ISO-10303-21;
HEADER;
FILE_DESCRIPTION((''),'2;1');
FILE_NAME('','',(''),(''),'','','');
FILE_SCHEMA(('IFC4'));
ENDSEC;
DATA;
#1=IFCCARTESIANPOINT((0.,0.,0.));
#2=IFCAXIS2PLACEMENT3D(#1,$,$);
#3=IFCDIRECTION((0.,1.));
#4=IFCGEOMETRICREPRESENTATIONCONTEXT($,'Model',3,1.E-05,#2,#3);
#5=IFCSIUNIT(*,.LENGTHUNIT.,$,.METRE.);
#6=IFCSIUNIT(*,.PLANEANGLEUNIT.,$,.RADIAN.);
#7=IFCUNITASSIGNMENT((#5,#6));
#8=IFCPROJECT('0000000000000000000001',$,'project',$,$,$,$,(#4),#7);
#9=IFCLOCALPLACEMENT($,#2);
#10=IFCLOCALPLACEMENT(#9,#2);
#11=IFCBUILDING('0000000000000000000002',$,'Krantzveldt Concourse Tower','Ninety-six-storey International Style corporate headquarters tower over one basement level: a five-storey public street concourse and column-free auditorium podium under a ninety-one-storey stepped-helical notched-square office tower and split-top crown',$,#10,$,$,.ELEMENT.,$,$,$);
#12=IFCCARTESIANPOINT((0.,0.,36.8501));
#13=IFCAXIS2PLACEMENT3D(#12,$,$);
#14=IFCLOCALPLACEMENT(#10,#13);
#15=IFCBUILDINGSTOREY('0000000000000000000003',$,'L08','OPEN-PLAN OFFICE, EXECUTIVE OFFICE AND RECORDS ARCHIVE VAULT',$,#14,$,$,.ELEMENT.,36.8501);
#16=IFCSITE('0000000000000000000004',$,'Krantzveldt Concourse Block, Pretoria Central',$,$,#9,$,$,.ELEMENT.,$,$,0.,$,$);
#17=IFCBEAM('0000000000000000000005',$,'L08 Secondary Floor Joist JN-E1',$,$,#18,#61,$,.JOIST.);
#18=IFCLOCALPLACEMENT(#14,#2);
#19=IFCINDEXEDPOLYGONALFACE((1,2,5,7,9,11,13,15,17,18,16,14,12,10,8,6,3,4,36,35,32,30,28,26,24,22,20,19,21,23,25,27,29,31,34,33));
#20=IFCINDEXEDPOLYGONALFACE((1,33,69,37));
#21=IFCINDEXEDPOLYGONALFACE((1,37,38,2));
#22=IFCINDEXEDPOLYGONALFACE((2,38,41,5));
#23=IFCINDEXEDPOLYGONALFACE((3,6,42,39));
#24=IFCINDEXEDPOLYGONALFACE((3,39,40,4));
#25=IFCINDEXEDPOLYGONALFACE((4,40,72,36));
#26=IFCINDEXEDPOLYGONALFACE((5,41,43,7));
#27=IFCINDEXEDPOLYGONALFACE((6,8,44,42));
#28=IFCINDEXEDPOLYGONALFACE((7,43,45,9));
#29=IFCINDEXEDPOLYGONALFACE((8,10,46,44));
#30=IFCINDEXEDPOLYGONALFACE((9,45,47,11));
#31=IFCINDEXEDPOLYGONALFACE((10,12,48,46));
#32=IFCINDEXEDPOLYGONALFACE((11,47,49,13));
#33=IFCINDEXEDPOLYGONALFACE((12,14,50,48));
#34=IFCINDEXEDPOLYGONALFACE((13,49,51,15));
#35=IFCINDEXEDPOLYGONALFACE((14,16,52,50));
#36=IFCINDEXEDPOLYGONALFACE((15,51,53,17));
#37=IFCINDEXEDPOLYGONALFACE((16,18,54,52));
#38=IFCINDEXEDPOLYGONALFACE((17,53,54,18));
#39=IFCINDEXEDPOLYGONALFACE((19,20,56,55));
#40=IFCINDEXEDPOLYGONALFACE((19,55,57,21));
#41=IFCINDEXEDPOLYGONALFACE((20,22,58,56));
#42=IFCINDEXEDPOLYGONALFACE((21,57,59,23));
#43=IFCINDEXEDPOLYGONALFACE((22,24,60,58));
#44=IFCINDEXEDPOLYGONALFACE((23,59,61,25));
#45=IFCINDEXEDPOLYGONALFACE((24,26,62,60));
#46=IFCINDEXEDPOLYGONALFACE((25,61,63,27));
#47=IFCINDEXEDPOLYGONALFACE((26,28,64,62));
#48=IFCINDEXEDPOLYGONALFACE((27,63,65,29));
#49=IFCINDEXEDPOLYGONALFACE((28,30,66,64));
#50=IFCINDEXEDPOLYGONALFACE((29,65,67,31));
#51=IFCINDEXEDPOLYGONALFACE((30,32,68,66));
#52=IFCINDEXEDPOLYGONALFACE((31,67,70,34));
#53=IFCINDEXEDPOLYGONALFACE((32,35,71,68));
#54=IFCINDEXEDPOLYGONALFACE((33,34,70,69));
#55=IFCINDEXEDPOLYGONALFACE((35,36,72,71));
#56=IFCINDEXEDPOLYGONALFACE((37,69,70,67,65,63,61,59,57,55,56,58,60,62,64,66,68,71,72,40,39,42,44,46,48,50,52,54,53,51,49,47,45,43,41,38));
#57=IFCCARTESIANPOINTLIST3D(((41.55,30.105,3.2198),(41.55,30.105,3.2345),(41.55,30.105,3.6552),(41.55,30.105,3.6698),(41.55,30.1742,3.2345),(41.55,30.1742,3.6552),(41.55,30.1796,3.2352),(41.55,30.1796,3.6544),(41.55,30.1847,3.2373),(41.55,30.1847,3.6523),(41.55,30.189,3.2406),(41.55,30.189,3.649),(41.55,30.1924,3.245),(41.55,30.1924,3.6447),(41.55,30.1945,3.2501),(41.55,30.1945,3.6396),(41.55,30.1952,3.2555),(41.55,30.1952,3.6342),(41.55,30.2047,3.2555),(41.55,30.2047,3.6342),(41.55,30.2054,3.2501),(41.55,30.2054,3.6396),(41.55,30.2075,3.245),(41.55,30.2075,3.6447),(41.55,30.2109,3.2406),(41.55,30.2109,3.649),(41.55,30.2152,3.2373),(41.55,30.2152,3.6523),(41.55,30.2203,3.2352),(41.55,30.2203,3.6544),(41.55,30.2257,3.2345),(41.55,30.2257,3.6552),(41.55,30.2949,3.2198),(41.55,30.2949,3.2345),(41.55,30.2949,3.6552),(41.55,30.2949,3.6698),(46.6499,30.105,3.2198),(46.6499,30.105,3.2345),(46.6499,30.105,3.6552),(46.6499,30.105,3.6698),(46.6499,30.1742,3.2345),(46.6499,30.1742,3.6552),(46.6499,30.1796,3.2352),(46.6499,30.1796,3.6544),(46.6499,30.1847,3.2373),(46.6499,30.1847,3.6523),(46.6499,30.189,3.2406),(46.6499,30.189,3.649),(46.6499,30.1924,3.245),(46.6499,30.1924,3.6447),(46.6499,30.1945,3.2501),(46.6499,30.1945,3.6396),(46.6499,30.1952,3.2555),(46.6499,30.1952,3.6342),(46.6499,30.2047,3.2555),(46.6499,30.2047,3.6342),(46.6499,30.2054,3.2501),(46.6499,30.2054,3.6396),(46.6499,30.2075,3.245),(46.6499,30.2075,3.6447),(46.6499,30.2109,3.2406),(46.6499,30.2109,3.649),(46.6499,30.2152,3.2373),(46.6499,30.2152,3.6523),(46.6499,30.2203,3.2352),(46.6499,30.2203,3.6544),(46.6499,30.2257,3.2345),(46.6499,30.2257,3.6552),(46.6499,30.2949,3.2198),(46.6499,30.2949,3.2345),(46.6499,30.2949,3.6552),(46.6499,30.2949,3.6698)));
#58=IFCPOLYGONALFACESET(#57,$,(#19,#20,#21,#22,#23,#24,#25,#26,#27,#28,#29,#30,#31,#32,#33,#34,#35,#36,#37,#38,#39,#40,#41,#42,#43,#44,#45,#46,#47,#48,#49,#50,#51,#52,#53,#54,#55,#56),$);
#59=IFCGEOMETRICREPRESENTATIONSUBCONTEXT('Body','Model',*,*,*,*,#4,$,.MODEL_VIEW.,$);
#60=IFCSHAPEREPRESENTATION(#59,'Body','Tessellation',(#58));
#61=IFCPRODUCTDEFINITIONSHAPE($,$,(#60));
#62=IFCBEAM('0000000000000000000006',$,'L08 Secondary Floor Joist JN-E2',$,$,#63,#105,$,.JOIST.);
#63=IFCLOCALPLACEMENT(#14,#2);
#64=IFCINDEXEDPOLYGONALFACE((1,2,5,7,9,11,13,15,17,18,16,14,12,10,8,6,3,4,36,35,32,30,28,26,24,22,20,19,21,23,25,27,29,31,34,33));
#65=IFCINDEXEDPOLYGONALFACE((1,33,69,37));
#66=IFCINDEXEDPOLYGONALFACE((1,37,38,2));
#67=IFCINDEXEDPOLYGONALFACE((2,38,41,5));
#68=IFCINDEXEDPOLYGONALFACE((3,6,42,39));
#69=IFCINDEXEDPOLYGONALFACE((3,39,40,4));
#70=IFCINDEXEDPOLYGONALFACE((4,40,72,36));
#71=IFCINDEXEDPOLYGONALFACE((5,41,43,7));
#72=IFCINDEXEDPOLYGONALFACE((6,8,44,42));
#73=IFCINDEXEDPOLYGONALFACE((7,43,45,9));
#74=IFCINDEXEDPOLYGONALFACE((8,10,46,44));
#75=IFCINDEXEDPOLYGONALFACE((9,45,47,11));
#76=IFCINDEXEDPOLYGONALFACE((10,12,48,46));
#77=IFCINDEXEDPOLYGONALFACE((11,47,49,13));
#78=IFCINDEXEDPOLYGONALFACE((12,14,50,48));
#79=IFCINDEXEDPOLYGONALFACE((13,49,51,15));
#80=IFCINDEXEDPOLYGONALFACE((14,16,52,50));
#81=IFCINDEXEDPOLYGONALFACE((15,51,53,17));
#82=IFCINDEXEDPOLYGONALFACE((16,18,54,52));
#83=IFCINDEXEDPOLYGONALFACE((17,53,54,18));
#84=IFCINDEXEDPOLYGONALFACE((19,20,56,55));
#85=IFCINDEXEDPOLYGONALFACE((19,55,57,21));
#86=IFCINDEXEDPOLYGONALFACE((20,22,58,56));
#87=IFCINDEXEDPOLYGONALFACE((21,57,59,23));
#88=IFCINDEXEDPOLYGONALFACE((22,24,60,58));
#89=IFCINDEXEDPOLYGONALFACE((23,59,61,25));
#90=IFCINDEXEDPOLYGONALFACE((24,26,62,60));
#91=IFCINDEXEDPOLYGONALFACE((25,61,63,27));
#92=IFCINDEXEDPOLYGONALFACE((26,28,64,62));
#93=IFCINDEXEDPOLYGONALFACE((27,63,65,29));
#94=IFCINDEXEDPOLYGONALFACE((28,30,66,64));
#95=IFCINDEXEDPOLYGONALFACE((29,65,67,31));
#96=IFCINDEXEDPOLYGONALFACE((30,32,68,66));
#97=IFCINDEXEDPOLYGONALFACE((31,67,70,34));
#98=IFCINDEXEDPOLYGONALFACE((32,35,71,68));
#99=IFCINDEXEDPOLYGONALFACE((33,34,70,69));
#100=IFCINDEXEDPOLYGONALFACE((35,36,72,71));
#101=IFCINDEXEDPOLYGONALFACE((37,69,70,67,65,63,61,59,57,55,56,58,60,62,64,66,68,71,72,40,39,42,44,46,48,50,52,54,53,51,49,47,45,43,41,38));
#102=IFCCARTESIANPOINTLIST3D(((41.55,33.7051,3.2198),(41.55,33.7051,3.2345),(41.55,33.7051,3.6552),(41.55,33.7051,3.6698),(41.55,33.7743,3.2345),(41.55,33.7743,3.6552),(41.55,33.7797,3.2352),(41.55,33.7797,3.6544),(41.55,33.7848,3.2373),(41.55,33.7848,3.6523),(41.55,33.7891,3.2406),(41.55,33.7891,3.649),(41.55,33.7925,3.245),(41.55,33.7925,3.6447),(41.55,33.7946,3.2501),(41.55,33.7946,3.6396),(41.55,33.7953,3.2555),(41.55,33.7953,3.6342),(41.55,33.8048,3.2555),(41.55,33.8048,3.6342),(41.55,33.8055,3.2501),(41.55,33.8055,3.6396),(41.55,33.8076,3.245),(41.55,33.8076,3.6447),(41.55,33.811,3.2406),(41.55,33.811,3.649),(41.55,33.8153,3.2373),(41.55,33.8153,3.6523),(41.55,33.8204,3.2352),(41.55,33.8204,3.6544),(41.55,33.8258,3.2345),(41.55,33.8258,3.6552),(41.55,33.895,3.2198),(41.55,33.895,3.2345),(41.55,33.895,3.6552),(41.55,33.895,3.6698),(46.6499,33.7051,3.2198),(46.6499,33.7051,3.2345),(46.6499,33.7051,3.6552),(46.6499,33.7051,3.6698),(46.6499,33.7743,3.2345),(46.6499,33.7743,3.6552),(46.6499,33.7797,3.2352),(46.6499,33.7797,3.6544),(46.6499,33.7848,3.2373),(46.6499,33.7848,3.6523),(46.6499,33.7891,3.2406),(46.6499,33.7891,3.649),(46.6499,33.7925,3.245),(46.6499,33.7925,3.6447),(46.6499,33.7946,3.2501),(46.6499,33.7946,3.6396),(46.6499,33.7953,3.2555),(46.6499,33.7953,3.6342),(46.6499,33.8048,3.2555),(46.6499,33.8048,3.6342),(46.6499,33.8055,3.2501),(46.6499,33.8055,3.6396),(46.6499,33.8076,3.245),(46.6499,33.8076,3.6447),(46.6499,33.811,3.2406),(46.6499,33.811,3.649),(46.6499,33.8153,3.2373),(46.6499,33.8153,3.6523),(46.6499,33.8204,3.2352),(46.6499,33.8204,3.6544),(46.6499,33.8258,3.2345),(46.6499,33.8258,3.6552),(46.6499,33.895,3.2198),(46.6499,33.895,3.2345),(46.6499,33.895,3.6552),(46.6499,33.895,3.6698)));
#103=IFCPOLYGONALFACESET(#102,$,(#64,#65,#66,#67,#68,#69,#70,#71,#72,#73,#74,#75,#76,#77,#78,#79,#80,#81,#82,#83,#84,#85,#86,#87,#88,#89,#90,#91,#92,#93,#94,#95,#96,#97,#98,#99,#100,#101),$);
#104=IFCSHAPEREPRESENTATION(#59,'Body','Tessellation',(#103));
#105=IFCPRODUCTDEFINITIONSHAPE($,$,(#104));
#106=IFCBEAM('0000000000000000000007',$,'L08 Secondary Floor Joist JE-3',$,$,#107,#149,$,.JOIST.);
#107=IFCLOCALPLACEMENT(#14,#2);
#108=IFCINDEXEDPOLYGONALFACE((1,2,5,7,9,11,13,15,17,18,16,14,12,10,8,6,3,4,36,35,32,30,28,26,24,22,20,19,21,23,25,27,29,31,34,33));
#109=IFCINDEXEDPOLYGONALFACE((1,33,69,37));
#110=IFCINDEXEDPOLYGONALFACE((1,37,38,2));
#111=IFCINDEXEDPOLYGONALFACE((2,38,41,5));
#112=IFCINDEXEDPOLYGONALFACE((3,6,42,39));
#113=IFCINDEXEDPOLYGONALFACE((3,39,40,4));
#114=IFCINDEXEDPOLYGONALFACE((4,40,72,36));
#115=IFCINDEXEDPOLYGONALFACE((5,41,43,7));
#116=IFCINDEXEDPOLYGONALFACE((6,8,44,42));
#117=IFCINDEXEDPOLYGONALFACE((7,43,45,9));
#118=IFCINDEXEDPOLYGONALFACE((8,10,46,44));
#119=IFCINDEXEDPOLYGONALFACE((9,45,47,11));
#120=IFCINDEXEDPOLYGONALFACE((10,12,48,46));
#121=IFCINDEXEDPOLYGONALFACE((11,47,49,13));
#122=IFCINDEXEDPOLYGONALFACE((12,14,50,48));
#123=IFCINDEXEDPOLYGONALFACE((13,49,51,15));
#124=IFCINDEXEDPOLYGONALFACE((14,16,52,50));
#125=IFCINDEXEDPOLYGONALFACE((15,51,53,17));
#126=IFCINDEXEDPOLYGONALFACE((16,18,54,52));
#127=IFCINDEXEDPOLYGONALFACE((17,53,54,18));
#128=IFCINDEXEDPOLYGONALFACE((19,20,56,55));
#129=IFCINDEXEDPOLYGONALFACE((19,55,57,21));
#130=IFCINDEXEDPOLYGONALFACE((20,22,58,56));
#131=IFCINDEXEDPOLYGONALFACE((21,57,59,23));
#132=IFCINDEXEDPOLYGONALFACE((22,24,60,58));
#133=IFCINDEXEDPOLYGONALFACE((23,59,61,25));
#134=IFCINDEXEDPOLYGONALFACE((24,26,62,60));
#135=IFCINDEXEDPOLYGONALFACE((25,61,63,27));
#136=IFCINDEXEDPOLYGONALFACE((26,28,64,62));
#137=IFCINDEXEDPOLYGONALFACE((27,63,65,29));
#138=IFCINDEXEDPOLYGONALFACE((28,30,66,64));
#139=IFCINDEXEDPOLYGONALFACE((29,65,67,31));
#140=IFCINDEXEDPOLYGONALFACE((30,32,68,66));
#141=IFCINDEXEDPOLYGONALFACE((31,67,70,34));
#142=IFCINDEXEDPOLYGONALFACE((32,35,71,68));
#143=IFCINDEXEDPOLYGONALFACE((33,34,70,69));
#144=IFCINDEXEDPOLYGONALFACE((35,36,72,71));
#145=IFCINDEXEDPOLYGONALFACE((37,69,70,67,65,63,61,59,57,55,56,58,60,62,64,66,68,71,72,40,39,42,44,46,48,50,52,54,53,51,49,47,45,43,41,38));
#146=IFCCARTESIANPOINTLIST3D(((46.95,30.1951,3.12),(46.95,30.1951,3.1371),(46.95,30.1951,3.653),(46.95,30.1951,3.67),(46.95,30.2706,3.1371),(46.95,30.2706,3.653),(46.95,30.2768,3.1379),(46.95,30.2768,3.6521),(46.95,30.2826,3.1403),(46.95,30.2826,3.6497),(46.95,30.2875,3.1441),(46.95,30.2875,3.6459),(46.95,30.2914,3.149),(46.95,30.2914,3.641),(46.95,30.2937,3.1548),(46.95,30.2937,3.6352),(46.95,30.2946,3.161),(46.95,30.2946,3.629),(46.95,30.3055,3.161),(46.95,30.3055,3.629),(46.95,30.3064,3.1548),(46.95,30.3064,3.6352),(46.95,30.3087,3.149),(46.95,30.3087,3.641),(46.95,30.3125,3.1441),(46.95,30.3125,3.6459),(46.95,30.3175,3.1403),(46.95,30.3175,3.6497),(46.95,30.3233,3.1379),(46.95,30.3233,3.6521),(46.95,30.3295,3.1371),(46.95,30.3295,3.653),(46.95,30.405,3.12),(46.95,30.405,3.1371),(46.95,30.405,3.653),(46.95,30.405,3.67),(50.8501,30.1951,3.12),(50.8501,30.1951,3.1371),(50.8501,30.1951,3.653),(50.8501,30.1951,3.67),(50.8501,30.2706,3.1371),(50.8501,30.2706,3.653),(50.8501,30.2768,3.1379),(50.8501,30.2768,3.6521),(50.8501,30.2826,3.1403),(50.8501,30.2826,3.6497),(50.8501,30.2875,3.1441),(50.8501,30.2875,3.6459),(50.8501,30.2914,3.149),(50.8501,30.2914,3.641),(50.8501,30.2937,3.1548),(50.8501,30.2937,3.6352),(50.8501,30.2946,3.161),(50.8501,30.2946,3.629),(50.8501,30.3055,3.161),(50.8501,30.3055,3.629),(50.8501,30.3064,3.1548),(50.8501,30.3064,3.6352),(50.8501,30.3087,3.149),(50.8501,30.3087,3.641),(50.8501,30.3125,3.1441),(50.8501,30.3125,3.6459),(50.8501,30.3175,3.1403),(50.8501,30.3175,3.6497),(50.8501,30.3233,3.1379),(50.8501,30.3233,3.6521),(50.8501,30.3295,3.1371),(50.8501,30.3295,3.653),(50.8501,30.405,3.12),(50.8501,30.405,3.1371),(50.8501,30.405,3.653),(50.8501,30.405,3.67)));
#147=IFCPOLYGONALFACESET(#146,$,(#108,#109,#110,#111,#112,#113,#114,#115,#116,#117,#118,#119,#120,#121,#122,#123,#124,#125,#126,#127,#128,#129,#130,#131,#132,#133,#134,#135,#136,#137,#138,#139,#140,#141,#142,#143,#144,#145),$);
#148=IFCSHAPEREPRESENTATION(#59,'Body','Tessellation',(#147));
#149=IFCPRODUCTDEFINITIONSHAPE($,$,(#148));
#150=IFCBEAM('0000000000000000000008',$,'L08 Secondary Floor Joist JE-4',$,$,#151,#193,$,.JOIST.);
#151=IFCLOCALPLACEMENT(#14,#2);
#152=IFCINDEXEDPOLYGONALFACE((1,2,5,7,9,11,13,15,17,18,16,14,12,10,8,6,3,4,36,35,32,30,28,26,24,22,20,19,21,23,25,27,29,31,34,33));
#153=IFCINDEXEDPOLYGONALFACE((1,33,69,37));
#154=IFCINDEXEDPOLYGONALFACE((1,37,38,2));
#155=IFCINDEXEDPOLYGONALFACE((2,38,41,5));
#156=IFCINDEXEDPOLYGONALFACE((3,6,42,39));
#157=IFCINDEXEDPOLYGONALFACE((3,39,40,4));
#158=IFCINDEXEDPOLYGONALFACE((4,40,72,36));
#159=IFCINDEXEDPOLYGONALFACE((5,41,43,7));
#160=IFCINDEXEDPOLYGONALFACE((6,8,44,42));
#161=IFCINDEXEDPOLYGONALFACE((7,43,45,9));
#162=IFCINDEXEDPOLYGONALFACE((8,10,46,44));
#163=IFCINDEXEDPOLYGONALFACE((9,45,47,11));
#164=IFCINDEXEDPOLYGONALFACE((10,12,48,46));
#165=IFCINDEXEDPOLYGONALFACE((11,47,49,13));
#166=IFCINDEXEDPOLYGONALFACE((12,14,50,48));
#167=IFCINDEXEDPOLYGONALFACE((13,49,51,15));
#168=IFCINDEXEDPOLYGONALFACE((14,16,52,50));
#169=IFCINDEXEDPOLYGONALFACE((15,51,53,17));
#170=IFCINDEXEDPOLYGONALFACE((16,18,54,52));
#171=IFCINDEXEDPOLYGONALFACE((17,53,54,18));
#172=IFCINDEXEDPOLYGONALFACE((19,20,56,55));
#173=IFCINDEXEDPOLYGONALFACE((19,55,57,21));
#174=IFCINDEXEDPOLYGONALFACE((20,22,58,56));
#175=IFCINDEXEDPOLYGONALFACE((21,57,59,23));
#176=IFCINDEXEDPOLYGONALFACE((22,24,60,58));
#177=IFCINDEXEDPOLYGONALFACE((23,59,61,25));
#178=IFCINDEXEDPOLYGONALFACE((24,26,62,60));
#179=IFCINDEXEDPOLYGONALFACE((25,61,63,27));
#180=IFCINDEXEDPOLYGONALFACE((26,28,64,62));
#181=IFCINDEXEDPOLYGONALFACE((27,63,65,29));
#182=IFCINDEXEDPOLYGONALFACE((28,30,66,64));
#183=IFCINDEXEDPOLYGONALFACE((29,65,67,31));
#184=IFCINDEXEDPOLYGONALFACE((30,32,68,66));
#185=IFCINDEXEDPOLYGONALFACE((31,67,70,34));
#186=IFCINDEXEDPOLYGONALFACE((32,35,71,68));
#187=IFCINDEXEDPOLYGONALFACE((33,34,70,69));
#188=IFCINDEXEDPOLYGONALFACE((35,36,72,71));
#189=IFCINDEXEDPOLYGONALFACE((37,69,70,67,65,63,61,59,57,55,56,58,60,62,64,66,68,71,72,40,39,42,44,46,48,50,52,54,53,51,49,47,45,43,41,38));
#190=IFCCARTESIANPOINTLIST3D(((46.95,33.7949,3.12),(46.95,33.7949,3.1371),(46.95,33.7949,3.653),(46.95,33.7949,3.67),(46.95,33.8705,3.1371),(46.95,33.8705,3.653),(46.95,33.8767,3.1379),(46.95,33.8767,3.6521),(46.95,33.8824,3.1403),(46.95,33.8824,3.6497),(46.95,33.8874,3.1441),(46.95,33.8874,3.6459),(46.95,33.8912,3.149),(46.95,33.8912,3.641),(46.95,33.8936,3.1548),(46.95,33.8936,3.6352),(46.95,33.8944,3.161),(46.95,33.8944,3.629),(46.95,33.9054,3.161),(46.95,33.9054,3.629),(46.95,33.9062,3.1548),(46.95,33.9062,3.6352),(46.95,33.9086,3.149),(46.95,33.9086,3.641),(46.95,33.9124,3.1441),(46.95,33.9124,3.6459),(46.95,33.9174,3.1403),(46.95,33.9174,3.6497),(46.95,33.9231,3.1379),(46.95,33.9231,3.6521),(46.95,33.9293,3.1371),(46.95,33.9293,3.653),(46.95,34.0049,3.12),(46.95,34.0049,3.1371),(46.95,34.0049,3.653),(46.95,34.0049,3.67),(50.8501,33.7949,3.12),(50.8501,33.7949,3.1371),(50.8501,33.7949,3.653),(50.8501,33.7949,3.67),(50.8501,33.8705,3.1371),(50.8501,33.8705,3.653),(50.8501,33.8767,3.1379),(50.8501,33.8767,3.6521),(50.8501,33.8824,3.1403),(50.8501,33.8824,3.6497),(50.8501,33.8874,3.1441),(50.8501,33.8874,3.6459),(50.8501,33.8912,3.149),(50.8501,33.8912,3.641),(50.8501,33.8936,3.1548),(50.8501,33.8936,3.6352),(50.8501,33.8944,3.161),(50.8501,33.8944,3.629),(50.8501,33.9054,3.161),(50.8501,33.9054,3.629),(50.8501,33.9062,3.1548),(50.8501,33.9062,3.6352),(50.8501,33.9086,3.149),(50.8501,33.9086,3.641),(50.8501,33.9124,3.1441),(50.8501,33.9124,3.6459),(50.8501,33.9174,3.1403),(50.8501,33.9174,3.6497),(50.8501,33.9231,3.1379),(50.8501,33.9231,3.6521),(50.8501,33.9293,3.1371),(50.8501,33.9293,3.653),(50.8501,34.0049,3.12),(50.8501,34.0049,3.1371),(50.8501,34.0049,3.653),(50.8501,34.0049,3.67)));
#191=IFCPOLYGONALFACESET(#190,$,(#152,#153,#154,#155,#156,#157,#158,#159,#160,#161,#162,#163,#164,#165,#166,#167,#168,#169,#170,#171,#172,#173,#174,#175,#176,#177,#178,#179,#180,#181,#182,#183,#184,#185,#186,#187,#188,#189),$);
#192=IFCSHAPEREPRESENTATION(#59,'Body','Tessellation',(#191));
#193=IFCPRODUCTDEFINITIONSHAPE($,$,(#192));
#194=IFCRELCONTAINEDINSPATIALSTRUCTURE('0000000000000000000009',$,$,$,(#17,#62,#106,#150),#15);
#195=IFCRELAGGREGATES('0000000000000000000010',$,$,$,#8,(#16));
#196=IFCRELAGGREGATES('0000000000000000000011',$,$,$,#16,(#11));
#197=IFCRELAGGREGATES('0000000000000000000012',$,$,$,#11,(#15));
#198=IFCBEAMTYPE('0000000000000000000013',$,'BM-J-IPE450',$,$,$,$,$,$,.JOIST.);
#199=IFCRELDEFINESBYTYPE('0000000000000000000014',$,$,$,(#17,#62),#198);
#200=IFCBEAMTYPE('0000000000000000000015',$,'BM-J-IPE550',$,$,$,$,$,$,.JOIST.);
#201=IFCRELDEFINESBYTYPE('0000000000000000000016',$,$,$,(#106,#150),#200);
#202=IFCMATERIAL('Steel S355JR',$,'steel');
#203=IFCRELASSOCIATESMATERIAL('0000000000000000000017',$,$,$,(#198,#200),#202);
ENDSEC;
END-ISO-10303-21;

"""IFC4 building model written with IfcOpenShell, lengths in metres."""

from ifc_helpers import new_model, si_unit, direction, frame, origin, origin_2d, place, context, subcontext, project, spatial, i_section, extrude, source, transform, mapped, material, material_profile, profile_set, type_object, type_shapes, element, save


model = new_model("IFC4")

# Units and contexts
model_context = context("Model", 3, precision=1e-05, world=origin(), true_north=direction((0.0, 1.0)))
body_context = subcontext(model_context, "Body", "Model", "MODEL_VIEW")
ifc_project = project(units=[si_unit("LENGTHUNIT", "METRE"), si_unit("PLANEANGLEUNIT", "RADIAN")], contexts=[model_context])

# Site, building, storey
site_placement = place(None, origin())
site = spatial("IfcSite", under=ifc_project, at=site_placement, Name="Krantzveldt Concourse Block, Pretoria Central", CompositionType="ELEMENT", RefElevation=0.0)
building_placement = place(site_placement, origin())
building = spatial("IfcBuilding", under=site, at=building_placement, Name="Krantzveldt Concourse Tower", Description="Ninety-six-storey International Style corporate headquarters tower over one basement level: a five-storey public street concourse and column-free auditorium podium under a ninety-one-storey stepped-helical notched-square office tower and split-top crown", CompositionType="ELEMENT")
storey_placement = place(building_placement, frame((0.0, 0.0, 36.8501)))
storey = spatial("IfcBuildingStorey", under=building, at=storey_placement, Name="L08", Description="OPEN-PLAN OFFICE, EXECUTIVE OFFICE AND RECORDS ARCHIVE VAULT", CompositionType="ELEMENT", Elevation=36.8501)

# Beams
ifc_material_1 = material(Name="Steel S355JR", Category="steel")
ifc_material_profile_1 = material_profile(ifc_material_1, i_section(OverallWidth=0.1899, OverallDepth=0.45, WebThickness=0.0095, FlangeThickness=0.0146, FilletRadius=0.021, at=origin_2d()), Name="Steel S355JR", Category="steel")
ifc_profile_set_1 = profile_set([ifc_material_profile_1], Name="Steel S355JR - IPE 450")
beam_type_1 = type_object("IfcBeamType", Name="BM-J-IPE450", PredefinedType="JOIST", material=ifc_profile_set_1)
shared_shape_1 = source(origin(), body_context, "Body", "SweptSolid", [
    extrude(i_section(OverallWidth=0.1899, OverallDepth=0.45, WebThickness=0.0095, FlangeThickness=0.0146, FilletRadius=0.021, at=origin_2d()), origin(), (0.0, 0.0, 1.0), 5.0999),
])
type_shapes(beam_type_1, [shared_shape_1])
for number, where, z_axis, x_axis, name in (
    (1, (41.55, 30.2, 3.4448), (1.0, 0.0, 0.0), (0.0, 1.0, 0.0), "L08 Secondary Floor Joist JN-E1"),
    (2, (41.55, 33.8, 3.4448), (1.0, 0.0, 0.0), (0.0, 1.0, 0.0), "L08 Secondary Floor Joist JN-E2"),
):
    element("IfcBeam", number, at=place(storey_placement, frame(where, z_axis=z_axis, x_axis=x_axis)), inside=storey, type_object=beam_type_1, Name=name, PredefinedType="JOIST", context=body_context, shape_type="MappedRepresentation", body=[
        mapped(shared_shape_1, transform((0.0, 0.0, 0.0), x_axis=(1.0, 0.0, 0.0), y_axis=(0.0, 1.0, 0.0), z_axis=(0.0, 0.0, 1.0), scale=1.0)),
    ])
ifc_material_profile_2 = material_profile(ifc_material_1, i_section(OverallWidth=0.21, OverallDepth=0.55, WebThickness=0.011, FlangeThickness=0.0171, FilletRadius=0.0239, at=origin_2d()), Name="Steel S355JR", Category="steel")
ifc_profile_set_2 = profile_set([ifc_material_profile_2], Name="Steel S355JR - IPE 550")
beam_type_2 = type_object("IfcBeamType", Name="BM-J-IPE550", PredefinedType="JOIST", material=ifc_profile_set_2)
shared_shape_2 = source(origin(), body_context, "Body", "SweptSolid", [
    extrude(i_section(OverallWidth=0.21, OverallDepth=0.55, WebThickness=0.011, FlangeThickness=0.0171, FilletRadius=0.0239, at=origin_2d()), origin(), (0.0, 0.0, 1.0), 3.9001),
])
type_shapes(beam_type_2, [shared_shape_2])
for number, where, z_axis, x_axis, name in (
    (3, (46.95, 30.3, 3.395), (1.0, 0.0, 0.0), (0.0, 1.0, 0.0), "L08 Secondary Floor Joist JE-3"),
    (4, (46.95, 33.8999, 3.395), (1.0, 0.0, 0.0), (0.0, 1.0, 0.0), "L08 Secondary Floor Joist JE-4"),
):
    element("IfcBeam", number, at=place(storey_placement, frame(where, z_axis=z_axis, x_axis=x_axis)), inside=storey, type_object=beam_type_2, Name=name, PredefinedType="JOIST", context=body_context, shape_type="MappedRepresentation", body=[
        mapped(shared_shape_2, transform((0.0, 0.0, 0.0), x_axis=(1.0, 0.0, 0.0), y_axis=(0.0, 1.0, 0.0), z_axis=(0.0, 0.0, 1.0), scale=1.0)),
    ])

save(model, "model.ifc")
